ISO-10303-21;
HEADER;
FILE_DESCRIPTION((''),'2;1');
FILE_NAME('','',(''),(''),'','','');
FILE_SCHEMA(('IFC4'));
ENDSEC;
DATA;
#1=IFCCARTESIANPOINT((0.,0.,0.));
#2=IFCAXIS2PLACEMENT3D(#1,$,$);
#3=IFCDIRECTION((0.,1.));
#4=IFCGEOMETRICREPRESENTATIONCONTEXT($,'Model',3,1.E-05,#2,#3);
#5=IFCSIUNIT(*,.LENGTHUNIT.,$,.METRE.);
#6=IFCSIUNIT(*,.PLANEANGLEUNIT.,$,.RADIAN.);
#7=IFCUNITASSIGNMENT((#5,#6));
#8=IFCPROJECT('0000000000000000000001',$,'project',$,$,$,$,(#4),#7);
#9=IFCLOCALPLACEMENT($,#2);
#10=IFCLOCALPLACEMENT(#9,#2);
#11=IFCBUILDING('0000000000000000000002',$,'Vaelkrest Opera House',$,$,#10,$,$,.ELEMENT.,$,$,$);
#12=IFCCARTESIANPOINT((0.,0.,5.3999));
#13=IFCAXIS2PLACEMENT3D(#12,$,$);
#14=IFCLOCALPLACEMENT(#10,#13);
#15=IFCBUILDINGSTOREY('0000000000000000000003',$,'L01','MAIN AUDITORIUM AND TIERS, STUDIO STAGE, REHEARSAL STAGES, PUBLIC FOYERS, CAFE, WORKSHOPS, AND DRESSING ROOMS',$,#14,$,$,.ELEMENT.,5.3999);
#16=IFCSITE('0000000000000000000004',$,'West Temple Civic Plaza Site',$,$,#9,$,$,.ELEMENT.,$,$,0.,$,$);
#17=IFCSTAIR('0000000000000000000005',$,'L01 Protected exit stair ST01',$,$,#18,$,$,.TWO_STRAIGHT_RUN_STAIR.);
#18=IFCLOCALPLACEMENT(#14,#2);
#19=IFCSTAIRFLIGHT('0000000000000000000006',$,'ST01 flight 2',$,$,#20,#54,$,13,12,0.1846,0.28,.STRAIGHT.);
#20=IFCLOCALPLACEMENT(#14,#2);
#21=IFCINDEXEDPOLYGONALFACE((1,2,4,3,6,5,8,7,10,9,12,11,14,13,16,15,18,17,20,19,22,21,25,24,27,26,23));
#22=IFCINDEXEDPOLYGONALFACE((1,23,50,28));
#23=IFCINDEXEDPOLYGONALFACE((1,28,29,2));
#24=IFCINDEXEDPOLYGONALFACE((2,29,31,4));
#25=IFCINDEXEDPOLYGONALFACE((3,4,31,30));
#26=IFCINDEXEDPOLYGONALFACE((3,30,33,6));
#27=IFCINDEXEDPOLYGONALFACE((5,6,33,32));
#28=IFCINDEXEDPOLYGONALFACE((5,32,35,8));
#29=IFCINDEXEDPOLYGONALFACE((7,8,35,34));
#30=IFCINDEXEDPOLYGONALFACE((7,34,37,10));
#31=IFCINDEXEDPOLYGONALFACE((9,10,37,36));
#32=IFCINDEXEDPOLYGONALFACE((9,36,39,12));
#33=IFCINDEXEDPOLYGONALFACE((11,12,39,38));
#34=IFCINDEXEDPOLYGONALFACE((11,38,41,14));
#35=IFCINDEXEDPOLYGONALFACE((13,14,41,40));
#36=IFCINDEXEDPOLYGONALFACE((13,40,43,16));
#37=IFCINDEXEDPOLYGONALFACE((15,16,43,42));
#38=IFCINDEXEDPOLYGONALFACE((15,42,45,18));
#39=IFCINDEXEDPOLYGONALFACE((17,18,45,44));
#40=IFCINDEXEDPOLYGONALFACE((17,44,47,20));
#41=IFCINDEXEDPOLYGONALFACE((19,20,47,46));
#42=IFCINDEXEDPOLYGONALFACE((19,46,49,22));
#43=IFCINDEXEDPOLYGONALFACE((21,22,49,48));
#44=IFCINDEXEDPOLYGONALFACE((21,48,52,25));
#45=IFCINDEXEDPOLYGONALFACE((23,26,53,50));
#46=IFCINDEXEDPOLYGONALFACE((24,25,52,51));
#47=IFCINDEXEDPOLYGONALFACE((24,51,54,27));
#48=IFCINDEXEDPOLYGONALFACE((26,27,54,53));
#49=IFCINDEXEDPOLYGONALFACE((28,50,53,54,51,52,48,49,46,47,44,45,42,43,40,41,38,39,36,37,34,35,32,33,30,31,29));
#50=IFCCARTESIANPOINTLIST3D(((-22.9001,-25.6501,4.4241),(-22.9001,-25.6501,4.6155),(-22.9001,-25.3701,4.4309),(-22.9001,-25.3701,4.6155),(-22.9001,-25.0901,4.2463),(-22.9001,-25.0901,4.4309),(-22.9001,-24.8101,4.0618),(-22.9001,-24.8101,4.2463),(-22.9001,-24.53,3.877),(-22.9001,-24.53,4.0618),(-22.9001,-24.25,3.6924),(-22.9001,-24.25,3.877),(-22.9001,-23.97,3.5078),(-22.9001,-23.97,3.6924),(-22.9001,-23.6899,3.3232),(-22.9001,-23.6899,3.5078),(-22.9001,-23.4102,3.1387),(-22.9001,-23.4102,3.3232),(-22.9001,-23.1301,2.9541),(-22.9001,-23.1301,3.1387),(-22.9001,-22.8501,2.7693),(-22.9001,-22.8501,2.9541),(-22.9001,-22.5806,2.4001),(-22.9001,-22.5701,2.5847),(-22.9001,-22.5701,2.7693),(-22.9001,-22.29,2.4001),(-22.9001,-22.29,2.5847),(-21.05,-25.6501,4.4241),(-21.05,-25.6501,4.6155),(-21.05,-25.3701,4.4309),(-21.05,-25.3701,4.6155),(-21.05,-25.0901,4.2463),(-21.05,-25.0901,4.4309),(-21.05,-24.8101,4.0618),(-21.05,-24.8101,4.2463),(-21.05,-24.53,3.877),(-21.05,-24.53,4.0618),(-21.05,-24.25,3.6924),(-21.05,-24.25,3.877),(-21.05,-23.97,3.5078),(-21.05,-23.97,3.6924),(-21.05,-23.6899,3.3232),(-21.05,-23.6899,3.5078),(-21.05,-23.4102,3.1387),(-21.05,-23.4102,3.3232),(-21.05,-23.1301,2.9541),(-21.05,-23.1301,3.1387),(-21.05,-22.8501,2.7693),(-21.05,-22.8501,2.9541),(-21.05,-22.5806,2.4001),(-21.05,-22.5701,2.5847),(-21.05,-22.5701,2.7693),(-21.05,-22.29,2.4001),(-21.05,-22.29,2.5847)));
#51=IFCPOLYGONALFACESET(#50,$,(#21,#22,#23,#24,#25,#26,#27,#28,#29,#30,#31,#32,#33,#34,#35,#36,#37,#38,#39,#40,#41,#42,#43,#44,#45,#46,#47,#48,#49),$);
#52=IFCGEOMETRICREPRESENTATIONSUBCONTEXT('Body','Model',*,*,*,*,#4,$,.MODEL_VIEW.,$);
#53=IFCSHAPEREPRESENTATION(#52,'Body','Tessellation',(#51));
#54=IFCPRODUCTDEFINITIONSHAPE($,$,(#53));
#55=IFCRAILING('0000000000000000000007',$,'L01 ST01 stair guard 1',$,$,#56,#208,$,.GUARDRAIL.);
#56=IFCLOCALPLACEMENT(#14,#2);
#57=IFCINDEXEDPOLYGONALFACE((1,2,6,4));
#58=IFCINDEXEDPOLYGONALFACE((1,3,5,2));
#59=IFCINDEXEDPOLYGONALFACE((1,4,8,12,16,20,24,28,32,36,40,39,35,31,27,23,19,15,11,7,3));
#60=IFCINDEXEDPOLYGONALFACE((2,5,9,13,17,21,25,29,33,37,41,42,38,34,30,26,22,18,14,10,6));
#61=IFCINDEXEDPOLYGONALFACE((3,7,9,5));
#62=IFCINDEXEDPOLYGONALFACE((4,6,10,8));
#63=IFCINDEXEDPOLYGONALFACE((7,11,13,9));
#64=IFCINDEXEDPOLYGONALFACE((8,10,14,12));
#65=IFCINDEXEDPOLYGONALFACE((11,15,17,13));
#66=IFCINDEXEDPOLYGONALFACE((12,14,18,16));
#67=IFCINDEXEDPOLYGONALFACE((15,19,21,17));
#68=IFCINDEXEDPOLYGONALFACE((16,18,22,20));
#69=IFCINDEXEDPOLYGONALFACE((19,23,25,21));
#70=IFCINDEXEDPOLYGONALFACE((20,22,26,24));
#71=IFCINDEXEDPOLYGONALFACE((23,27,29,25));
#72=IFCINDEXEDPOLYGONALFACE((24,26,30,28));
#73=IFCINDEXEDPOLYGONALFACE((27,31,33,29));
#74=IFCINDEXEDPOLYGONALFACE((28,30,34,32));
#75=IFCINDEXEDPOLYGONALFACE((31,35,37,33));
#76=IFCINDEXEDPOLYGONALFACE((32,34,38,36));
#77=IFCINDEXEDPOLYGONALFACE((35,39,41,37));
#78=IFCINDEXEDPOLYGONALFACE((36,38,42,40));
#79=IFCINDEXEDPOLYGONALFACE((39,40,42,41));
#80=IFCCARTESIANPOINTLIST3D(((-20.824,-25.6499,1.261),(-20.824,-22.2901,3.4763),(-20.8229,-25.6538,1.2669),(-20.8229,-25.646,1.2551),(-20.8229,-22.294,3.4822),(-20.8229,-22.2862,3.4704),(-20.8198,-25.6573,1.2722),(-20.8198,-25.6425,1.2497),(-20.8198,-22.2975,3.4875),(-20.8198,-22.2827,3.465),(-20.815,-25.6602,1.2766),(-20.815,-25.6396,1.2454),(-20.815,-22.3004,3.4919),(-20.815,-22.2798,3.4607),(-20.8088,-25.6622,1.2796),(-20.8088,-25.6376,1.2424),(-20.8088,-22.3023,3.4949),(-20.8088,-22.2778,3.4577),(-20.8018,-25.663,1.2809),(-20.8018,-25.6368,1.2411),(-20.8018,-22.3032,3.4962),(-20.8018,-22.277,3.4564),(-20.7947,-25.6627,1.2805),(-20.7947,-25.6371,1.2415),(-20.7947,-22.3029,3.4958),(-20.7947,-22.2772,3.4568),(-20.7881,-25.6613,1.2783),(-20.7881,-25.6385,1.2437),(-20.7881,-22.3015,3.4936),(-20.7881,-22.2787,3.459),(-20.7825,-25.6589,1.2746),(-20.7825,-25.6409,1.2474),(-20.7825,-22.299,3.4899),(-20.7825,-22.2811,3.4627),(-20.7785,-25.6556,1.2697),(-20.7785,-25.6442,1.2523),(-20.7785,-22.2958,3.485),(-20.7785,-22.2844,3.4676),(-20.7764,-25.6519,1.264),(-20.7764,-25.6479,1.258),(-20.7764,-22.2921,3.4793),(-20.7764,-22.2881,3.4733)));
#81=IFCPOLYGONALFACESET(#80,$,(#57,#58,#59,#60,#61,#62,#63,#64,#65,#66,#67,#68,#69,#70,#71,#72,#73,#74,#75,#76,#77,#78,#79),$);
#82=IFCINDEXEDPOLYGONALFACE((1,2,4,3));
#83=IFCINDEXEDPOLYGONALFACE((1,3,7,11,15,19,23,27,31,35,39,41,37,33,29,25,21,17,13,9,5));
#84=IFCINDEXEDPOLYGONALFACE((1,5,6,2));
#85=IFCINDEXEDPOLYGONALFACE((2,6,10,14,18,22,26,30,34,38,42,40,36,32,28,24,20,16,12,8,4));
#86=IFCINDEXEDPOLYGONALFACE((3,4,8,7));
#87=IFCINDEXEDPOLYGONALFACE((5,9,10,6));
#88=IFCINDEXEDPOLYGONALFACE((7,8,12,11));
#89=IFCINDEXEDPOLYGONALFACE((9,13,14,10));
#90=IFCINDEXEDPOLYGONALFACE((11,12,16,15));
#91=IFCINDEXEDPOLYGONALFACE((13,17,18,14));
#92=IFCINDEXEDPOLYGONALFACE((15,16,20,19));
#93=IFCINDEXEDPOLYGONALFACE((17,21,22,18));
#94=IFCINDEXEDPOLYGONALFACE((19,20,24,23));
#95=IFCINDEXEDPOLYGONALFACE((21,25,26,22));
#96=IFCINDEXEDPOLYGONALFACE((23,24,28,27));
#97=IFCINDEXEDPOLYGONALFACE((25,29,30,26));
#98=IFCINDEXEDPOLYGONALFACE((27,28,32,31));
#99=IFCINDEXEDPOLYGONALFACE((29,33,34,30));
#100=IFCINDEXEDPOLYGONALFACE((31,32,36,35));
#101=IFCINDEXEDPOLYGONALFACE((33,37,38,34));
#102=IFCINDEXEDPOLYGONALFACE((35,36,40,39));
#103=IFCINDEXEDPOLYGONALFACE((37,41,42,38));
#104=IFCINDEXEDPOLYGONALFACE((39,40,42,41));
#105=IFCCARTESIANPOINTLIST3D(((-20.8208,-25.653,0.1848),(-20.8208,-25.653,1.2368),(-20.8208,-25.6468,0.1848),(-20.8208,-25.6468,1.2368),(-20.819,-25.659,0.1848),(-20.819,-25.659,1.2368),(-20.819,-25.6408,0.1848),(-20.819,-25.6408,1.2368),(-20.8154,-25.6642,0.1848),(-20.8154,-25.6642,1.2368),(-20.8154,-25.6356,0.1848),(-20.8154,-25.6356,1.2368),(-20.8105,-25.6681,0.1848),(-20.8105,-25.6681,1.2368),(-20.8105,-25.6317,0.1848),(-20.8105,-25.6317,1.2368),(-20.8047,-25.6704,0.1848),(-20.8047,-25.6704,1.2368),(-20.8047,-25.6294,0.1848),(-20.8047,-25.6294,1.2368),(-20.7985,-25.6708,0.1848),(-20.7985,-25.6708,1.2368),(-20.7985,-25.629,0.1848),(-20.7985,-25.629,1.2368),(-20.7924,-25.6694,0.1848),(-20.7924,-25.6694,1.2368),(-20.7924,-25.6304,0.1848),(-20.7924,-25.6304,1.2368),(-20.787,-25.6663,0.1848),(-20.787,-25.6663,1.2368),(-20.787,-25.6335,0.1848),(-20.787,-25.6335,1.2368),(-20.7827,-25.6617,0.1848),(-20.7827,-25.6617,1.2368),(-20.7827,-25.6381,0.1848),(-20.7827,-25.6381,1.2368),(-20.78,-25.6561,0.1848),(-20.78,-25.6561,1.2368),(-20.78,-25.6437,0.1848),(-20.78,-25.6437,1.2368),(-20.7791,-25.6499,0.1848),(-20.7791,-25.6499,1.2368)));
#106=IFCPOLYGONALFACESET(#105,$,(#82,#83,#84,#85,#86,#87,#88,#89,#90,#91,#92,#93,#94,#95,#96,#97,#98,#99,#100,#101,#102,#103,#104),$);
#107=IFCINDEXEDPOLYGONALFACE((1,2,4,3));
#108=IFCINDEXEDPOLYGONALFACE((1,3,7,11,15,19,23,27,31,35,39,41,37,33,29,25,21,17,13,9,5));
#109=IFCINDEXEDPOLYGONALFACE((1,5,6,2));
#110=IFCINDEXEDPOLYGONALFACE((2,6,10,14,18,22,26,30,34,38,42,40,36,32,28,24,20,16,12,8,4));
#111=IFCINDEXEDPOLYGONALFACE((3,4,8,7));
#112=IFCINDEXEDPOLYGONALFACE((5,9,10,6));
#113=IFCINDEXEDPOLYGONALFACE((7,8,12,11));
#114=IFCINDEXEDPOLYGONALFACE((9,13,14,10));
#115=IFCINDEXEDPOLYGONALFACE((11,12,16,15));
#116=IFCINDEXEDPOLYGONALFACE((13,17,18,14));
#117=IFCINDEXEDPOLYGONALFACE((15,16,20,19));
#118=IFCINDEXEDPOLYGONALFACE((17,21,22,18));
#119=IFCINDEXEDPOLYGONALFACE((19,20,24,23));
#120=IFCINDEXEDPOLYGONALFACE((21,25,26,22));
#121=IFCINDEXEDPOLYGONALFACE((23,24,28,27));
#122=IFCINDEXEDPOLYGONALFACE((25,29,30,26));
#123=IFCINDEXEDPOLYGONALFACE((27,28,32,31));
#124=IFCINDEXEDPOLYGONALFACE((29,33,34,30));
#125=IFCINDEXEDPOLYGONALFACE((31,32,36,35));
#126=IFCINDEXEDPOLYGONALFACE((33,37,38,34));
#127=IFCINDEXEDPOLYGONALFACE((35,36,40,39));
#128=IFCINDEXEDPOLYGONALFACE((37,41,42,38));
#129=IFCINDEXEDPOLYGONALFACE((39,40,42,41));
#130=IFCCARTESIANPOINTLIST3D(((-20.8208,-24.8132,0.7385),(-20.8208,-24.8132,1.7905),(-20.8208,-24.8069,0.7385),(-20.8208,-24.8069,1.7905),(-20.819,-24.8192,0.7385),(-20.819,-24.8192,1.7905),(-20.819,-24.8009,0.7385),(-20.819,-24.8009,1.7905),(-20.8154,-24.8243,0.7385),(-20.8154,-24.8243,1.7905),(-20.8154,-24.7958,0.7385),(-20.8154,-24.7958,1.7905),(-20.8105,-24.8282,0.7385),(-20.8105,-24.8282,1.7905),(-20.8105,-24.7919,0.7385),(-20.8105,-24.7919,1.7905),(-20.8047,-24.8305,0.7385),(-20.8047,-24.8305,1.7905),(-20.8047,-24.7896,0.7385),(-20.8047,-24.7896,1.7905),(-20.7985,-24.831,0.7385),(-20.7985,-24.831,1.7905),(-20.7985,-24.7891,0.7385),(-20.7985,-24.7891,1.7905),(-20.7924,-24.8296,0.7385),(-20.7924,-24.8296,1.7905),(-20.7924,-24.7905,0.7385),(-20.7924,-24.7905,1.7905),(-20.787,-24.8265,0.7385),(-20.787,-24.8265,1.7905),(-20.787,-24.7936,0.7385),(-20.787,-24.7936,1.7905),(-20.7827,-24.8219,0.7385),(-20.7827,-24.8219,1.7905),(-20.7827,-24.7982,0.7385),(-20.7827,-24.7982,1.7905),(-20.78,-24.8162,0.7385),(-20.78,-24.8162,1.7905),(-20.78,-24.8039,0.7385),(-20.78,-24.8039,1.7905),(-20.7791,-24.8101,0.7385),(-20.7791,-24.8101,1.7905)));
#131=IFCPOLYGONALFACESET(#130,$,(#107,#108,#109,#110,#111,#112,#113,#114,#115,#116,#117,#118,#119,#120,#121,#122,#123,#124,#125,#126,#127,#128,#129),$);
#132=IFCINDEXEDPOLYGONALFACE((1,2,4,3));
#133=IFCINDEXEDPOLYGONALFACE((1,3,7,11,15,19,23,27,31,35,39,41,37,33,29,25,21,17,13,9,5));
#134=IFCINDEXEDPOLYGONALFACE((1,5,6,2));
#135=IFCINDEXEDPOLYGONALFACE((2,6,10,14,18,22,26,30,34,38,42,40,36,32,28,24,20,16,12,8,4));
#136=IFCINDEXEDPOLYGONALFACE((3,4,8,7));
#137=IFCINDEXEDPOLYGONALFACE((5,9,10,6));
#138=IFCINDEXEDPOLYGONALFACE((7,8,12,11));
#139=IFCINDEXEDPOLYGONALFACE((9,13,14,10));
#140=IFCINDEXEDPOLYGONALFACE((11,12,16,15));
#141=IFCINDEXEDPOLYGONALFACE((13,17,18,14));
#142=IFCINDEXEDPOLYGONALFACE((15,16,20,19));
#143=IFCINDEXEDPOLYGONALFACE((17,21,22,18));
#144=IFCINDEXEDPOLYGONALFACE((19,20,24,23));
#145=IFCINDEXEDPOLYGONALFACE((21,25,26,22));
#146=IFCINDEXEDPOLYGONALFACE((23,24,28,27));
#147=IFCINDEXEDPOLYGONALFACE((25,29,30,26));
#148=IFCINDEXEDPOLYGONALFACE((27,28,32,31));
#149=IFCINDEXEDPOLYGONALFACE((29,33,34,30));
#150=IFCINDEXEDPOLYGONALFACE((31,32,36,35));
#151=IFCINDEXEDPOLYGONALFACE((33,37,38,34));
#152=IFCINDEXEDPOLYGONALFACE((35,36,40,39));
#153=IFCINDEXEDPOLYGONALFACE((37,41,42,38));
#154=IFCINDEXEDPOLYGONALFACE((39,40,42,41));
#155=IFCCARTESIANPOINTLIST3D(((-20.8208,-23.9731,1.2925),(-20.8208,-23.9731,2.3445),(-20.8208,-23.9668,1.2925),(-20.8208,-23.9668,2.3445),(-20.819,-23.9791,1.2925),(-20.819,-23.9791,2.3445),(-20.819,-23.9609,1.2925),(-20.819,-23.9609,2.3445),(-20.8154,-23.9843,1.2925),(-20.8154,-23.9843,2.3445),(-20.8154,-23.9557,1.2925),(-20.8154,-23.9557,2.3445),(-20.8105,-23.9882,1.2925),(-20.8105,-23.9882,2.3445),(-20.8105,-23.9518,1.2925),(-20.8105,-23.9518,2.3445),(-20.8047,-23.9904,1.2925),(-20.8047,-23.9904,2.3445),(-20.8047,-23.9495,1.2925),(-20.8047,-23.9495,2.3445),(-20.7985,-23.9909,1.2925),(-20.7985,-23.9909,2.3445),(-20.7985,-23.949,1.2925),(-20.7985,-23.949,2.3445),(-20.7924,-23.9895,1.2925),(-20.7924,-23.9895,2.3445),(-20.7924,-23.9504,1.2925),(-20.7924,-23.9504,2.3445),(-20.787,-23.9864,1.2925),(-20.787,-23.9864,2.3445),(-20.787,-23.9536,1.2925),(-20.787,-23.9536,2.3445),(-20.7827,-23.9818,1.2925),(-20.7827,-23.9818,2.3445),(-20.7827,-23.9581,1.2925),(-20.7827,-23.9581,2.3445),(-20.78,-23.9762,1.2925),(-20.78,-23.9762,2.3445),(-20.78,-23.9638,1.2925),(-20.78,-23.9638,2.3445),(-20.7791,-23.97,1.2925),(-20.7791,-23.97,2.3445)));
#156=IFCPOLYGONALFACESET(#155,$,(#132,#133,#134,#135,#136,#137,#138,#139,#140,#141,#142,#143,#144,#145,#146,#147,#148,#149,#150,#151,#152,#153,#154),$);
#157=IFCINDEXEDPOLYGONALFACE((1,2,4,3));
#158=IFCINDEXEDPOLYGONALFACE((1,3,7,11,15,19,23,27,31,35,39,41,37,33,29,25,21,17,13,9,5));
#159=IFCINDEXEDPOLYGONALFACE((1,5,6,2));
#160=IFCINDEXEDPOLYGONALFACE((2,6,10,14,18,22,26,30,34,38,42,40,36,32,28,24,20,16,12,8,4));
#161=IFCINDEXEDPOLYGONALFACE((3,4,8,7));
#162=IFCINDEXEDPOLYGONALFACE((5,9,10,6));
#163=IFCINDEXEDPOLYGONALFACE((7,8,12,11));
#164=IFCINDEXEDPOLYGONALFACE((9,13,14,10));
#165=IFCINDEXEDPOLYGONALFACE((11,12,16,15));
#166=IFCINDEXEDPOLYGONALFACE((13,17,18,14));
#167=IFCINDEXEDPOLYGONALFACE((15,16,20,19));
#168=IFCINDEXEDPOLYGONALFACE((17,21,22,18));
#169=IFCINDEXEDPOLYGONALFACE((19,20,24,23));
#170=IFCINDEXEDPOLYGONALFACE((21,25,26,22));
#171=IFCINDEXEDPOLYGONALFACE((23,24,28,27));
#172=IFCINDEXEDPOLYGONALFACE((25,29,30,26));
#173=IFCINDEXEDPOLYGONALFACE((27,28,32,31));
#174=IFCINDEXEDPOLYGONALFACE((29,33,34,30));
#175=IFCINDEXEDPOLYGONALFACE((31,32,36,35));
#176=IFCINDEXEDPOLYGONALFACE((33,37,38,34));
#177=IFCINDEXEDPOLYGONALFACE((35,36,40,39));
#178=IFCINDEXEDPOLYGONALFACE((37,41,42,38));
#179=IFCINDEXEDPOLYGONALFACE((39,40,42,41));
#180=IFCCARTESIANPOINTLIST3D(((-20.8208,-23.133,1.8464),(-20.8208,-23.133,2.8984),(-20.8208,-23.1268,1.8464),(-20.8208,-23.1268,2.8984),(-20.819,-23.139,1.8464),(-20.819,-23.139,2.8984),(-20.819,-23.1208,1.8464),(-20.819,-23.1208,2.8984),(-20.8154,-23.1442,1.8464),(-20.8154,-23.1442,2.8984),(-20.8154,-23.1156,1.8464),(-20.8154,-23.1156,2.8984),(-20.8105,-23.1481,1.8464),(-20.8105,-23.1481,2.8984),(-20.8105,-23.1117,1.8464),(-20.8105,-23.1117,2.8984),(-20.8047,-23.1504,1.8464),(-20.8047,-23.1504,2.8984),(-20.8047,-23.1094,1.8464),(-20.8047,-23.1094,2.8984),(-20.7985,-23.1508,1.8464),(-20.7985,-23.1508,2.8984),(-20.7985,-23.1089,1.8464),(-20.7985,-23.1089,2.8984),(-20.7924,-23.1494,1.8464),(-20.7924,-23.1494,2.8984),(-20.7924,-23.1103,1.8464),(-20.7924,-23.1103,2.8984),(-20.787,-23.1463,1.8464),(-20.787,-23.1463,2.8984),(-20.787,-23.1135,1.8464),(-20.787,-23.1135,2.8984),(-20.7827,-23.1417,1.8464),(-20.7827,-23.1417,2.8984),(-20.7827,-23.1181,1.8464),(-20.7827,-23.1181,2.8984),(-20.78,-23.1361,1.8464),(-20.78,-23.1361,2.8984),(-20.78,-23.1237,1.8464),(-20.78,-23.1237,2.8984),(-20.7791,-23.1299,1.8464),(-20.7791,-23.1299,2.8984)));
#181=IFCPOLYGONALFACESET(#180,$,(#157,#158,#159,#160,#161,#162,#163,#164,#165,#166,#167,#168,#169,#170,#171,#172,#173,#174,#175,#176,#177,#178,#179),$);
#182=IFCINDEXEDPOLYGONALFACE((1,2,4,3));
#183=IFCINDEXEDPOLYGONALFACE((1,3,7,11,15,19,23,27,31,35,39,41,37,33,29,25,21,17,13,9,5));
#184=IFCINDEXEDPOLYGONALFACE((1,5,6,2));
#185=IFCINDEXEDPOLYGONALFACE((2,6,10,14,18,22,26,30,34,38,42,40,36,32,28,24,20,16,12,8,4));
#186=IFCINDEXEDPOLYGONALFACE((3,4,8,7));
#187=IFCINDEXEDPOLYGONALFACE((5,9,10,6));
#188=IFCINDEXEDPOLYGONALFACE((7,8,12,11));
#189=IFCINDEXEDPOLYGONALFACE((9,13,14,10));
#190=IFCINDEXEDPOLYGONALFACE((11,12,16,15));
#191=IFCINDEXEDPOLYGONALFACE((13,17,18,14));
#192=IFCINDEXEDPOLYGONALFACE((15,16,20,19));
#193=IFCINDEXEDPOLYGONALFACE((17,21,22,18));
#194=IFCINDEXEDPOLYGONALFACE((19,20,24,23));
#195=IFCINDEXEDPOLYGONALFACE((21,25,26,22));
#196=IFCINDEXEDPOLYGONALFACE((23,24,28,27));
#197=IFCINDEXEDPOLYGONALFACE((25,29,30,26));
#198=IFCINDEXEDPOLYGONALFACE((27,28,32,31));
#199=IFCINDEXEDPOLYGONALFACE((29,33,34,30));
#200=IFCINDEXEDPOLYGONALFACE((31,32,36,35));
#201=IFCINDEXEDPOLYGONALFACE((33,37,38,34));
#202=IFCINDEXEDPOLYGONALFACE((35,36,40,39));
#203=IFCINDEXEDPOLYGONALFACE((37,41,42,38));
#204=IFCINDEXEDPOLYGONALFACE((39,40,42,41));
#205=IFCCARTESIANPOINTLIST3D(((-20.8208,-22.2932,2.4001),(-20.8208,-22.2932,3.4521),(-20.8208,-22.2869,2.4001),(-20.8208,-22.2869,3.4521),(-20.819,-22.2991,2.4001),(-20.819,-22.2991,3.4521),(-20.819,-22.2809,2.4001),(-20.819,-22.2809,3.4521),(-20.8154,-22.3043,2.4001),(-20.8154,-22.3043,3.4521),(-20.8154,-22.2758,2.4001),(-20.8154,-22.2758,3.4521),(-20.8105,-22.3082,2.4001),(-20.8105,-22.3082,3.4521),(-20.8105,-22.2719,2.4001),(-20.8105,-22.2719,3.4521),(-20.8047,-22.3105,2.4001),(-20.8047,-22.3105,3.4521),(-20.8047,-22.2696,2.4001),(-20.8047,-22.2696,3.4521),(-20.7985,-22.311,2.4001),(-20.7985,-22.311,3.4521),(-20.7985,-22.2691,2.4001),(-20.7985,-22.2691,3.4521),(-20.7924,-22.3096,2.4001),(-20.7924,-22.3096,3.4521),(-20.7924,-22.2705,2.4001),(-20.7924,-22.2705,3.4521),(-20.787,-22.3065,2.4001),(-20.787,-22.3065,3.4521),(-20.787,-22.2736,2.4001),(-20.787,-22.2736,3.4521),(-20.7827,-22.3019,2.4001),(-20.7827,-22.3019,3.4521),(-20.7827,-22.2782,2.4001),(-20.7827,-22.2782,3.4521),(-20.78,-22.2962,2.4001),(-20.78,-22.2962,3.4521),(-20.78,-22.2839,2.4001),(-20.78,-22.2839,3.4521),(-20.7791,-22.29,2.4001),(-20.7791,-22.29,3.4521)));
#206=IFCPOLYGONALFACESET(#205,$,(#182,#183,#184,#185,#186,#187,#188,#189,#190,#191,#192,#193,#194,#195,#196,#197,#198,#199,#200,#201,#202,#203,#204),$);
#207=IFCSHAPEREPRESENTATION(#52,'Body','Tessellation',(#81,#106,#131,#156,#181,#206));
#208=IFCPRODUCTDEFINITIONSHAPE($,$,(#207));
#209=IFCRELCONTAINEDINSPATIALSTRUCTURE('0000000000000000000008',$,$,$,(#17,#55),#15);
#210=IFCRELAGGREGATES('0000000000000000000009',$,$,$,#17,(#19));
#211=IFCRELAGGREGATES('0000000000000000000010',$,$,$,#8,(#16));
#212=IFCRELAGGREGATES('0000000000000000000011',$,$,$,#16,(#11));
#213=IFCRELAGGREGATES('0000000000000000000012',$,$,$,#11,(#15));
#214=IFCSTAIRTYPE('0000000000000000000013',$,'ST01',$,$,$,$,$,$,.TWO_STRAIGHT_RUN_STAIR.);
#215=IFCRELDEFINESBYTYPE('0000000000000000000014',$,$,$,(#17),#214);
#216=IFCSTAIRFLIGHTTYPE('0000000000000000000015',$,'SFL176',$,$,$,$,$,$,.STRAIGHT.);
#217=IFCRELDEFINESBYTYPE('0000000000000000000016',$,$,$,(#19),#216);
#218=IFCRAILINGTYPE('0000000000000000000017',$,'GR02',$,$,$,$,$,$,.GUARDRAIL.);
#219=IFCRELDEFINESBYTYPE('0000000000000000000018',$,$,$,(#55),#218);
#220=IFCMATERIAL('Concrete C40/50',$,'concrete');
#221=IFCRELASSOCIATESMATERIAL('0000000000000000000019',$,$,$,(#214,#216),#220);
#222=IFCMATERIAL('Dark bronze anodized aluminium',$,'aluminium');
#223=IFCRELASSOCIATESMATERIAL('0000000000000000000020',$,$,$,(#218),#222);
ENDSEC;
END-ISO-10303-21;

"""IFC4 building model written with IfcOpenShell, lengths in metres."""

from ifc_helpers import new_model, si_unit, direction, frame, origin, origin_2d, place, context, subcontext, project, spatial, polyline, circle, outline, extrude, material, type_object, element, aggregate, save


model = new_model("IFC4")

# Units and contexts
model_context = context("Model", 3, precision=1e-05, world=origin(), true_north=direction((0.0, 1.0)))
body_context = subcontext(model_context, "Body", "Model", "MODEL_VIEW")
ifc_project = project(units=[si_unit("LENGTHUNIT", "METRE"), si_unit("PLANEANGLEUNIT", "RADIAN")], contexts=[model_context])

# Site, building, storey
site_placement = place(None, origin())
site = spatial("IfcSite", under=ifc_project, at=site_placement, Name="West Temple Civic Plaza Site", CompositionType="ELEMENT", RefElevation=0.0)
building_placement = place(site_placement, origin())
building = spatial("IfcBuilding", under=site, at=building_placement, Name="Vaelkrest Opera House", CompositionType="ELEMENT")
storey_placement = place(building_placement, frame((0.0, 0.0, 5.3999)))
storey = spatial("IfcBuildingStorey", under=building, at=storey_placement, Name="L01", Description="MAIN AUDITORIUM AND TIERS, STUDIO STAGE, REHEARSAL STAGES, PUBLIC FOYERS, CAFE, WORKSHOPS, AND DRESSING ROOMS", CompositionType="ELEMENT", Elevation=5.3999)

# Shared definitions
ifc_material_1 = material(Name="Dark bronze anodized aluminium", Category="aluminium")

# Stair, stair flight
ifc_material_2 = material(Name="Concrete C40/50", Category="concrete")
stair_type = type_object("IfcStairType", Name="ST01", PredefinedType="TWO_STRAIGHT_RUN_STAIR", material=ifc_material_2)
stair_placement = place(storey_placement, origin())
stair = element("IfcStair", 1, at=stair_placement, inside=storey, type_object=stair_type, Name="L01 Protected exit stair ST01", PredefinedType="TWO_STRAIGHT_RUN_STAIR")
stair_flight_type = type_object("IfcStairFlightType", Name="SFL176", PredefinedType="STRAIGHT", material=ifc_material_2)
stair_flight_1_placement = place(storey_placement, frame((-21.9751, -22.29, 2.4001), z_axis=(0.0, 0.0, 1.0), x_axis=(0.0, -1.0, 0.0)))
stair_flight_1 = element("IfcStairFlight", 2, at=stair_flight_1_placement, type_object=stair_flight_type, Name="ST01 flight 2", NumberOfRisers=13, NumberOfTreads=12, PredefinedType="STRAIGHT", RiserHeight=0.1846, TreadLength=0.28, context=body_context, shape_type="SweptSolid", body=[
    extrude(outline(polyline([(0.0, 0.0), (0.0, 0.1846), (0.28, 0.1846), (0.28, 0.3691), (0.5601, 0.3691), (0.5601, 0.554), (0.8401, 0.554), (0.8401, 0.7385), (1.1201, 0.7385), (1.1201, 0.9231), (1.3999, 0.9231), (1.3999, 1.1077), (1.6799, 1.1077), (1.6799, 1.2922), (1.96, 1.2922), (1.96, 1.4768), (2.24, 1.4768), (2.24, 1.6616), (2.52, 1.6616), (2.52, 1.8462), (2.8, 1.8462), (2.8, 2.0308), (3.0801, 2.0308), (3.0801, 2.2153), (3.3601, 2.2153), (3.3601, 2.3999), (3.3601, 2.0239), (0.2905, 0.0), (0.0, 0.0)])), frame((0.0, 0.925, 0.0), z_axis=(0.0, -1.0, 0.0), x_axis=(1.0, 0.0, 0.0)), (0.0, 0.0, 1.0), 1.8501),
])
aggregate(stair, [stair_flight_1])

# Railing
railing_type_1 = type_object("IfcRailingType", Name="GR02", PredefinedType="GUARDRAIL", material=ifc_material_1)
railing_1_placement = place(storey_placement, frame((-20.8, -25.6499, 0.1848)))
element("IfcRailing", 3, at=railing_1_placement, inside=storey, type_object=railing_type_1, Name="L01 ST01 stair guard 1", PredefinedType="GUARDRAIL", context=body_context, shape_type="SweptSolid", body=[
    extrude(circle(Radius=0.0239, at=origin_2d()), frame((0.0, 0.0, 1.0762), z_axis=(0.0, 0.834858, 0.550465), x_axis=(-1.0, 0.0, 0.0)), (0.0, 0.0, 1.0), 4.0244),
    extrude(circle(Radius=0.021, at=origin_2d()), origin(), (0.0, 0.0, 1.0), 1.052),
    extrude(circle(Radius=0.021, at=origin_2d()), frame((0.0, 0.8398, 0.5537)), (0.0, 0.0, 1.0), 1.052),
    extrude(circle(Radius=0.021, at=origin_2d()), frame((0.0, 1.6799, 1.1077)), (0.0, 0.0, 1.0), 1.052),
    extrude(circle(Radius=0.021, at=origin_2d()), frame((0.0, 2.52, 1.6616)), (0.0, 0.0, 1.0), 1.052),
    extrude(circle(Radius=0.021, at=origin_2d()), frame((0.0, 3.3599, 2.2153)), (0.0, 0.0, 1.0), 1.052),
])

save(model, "model.ifc")
